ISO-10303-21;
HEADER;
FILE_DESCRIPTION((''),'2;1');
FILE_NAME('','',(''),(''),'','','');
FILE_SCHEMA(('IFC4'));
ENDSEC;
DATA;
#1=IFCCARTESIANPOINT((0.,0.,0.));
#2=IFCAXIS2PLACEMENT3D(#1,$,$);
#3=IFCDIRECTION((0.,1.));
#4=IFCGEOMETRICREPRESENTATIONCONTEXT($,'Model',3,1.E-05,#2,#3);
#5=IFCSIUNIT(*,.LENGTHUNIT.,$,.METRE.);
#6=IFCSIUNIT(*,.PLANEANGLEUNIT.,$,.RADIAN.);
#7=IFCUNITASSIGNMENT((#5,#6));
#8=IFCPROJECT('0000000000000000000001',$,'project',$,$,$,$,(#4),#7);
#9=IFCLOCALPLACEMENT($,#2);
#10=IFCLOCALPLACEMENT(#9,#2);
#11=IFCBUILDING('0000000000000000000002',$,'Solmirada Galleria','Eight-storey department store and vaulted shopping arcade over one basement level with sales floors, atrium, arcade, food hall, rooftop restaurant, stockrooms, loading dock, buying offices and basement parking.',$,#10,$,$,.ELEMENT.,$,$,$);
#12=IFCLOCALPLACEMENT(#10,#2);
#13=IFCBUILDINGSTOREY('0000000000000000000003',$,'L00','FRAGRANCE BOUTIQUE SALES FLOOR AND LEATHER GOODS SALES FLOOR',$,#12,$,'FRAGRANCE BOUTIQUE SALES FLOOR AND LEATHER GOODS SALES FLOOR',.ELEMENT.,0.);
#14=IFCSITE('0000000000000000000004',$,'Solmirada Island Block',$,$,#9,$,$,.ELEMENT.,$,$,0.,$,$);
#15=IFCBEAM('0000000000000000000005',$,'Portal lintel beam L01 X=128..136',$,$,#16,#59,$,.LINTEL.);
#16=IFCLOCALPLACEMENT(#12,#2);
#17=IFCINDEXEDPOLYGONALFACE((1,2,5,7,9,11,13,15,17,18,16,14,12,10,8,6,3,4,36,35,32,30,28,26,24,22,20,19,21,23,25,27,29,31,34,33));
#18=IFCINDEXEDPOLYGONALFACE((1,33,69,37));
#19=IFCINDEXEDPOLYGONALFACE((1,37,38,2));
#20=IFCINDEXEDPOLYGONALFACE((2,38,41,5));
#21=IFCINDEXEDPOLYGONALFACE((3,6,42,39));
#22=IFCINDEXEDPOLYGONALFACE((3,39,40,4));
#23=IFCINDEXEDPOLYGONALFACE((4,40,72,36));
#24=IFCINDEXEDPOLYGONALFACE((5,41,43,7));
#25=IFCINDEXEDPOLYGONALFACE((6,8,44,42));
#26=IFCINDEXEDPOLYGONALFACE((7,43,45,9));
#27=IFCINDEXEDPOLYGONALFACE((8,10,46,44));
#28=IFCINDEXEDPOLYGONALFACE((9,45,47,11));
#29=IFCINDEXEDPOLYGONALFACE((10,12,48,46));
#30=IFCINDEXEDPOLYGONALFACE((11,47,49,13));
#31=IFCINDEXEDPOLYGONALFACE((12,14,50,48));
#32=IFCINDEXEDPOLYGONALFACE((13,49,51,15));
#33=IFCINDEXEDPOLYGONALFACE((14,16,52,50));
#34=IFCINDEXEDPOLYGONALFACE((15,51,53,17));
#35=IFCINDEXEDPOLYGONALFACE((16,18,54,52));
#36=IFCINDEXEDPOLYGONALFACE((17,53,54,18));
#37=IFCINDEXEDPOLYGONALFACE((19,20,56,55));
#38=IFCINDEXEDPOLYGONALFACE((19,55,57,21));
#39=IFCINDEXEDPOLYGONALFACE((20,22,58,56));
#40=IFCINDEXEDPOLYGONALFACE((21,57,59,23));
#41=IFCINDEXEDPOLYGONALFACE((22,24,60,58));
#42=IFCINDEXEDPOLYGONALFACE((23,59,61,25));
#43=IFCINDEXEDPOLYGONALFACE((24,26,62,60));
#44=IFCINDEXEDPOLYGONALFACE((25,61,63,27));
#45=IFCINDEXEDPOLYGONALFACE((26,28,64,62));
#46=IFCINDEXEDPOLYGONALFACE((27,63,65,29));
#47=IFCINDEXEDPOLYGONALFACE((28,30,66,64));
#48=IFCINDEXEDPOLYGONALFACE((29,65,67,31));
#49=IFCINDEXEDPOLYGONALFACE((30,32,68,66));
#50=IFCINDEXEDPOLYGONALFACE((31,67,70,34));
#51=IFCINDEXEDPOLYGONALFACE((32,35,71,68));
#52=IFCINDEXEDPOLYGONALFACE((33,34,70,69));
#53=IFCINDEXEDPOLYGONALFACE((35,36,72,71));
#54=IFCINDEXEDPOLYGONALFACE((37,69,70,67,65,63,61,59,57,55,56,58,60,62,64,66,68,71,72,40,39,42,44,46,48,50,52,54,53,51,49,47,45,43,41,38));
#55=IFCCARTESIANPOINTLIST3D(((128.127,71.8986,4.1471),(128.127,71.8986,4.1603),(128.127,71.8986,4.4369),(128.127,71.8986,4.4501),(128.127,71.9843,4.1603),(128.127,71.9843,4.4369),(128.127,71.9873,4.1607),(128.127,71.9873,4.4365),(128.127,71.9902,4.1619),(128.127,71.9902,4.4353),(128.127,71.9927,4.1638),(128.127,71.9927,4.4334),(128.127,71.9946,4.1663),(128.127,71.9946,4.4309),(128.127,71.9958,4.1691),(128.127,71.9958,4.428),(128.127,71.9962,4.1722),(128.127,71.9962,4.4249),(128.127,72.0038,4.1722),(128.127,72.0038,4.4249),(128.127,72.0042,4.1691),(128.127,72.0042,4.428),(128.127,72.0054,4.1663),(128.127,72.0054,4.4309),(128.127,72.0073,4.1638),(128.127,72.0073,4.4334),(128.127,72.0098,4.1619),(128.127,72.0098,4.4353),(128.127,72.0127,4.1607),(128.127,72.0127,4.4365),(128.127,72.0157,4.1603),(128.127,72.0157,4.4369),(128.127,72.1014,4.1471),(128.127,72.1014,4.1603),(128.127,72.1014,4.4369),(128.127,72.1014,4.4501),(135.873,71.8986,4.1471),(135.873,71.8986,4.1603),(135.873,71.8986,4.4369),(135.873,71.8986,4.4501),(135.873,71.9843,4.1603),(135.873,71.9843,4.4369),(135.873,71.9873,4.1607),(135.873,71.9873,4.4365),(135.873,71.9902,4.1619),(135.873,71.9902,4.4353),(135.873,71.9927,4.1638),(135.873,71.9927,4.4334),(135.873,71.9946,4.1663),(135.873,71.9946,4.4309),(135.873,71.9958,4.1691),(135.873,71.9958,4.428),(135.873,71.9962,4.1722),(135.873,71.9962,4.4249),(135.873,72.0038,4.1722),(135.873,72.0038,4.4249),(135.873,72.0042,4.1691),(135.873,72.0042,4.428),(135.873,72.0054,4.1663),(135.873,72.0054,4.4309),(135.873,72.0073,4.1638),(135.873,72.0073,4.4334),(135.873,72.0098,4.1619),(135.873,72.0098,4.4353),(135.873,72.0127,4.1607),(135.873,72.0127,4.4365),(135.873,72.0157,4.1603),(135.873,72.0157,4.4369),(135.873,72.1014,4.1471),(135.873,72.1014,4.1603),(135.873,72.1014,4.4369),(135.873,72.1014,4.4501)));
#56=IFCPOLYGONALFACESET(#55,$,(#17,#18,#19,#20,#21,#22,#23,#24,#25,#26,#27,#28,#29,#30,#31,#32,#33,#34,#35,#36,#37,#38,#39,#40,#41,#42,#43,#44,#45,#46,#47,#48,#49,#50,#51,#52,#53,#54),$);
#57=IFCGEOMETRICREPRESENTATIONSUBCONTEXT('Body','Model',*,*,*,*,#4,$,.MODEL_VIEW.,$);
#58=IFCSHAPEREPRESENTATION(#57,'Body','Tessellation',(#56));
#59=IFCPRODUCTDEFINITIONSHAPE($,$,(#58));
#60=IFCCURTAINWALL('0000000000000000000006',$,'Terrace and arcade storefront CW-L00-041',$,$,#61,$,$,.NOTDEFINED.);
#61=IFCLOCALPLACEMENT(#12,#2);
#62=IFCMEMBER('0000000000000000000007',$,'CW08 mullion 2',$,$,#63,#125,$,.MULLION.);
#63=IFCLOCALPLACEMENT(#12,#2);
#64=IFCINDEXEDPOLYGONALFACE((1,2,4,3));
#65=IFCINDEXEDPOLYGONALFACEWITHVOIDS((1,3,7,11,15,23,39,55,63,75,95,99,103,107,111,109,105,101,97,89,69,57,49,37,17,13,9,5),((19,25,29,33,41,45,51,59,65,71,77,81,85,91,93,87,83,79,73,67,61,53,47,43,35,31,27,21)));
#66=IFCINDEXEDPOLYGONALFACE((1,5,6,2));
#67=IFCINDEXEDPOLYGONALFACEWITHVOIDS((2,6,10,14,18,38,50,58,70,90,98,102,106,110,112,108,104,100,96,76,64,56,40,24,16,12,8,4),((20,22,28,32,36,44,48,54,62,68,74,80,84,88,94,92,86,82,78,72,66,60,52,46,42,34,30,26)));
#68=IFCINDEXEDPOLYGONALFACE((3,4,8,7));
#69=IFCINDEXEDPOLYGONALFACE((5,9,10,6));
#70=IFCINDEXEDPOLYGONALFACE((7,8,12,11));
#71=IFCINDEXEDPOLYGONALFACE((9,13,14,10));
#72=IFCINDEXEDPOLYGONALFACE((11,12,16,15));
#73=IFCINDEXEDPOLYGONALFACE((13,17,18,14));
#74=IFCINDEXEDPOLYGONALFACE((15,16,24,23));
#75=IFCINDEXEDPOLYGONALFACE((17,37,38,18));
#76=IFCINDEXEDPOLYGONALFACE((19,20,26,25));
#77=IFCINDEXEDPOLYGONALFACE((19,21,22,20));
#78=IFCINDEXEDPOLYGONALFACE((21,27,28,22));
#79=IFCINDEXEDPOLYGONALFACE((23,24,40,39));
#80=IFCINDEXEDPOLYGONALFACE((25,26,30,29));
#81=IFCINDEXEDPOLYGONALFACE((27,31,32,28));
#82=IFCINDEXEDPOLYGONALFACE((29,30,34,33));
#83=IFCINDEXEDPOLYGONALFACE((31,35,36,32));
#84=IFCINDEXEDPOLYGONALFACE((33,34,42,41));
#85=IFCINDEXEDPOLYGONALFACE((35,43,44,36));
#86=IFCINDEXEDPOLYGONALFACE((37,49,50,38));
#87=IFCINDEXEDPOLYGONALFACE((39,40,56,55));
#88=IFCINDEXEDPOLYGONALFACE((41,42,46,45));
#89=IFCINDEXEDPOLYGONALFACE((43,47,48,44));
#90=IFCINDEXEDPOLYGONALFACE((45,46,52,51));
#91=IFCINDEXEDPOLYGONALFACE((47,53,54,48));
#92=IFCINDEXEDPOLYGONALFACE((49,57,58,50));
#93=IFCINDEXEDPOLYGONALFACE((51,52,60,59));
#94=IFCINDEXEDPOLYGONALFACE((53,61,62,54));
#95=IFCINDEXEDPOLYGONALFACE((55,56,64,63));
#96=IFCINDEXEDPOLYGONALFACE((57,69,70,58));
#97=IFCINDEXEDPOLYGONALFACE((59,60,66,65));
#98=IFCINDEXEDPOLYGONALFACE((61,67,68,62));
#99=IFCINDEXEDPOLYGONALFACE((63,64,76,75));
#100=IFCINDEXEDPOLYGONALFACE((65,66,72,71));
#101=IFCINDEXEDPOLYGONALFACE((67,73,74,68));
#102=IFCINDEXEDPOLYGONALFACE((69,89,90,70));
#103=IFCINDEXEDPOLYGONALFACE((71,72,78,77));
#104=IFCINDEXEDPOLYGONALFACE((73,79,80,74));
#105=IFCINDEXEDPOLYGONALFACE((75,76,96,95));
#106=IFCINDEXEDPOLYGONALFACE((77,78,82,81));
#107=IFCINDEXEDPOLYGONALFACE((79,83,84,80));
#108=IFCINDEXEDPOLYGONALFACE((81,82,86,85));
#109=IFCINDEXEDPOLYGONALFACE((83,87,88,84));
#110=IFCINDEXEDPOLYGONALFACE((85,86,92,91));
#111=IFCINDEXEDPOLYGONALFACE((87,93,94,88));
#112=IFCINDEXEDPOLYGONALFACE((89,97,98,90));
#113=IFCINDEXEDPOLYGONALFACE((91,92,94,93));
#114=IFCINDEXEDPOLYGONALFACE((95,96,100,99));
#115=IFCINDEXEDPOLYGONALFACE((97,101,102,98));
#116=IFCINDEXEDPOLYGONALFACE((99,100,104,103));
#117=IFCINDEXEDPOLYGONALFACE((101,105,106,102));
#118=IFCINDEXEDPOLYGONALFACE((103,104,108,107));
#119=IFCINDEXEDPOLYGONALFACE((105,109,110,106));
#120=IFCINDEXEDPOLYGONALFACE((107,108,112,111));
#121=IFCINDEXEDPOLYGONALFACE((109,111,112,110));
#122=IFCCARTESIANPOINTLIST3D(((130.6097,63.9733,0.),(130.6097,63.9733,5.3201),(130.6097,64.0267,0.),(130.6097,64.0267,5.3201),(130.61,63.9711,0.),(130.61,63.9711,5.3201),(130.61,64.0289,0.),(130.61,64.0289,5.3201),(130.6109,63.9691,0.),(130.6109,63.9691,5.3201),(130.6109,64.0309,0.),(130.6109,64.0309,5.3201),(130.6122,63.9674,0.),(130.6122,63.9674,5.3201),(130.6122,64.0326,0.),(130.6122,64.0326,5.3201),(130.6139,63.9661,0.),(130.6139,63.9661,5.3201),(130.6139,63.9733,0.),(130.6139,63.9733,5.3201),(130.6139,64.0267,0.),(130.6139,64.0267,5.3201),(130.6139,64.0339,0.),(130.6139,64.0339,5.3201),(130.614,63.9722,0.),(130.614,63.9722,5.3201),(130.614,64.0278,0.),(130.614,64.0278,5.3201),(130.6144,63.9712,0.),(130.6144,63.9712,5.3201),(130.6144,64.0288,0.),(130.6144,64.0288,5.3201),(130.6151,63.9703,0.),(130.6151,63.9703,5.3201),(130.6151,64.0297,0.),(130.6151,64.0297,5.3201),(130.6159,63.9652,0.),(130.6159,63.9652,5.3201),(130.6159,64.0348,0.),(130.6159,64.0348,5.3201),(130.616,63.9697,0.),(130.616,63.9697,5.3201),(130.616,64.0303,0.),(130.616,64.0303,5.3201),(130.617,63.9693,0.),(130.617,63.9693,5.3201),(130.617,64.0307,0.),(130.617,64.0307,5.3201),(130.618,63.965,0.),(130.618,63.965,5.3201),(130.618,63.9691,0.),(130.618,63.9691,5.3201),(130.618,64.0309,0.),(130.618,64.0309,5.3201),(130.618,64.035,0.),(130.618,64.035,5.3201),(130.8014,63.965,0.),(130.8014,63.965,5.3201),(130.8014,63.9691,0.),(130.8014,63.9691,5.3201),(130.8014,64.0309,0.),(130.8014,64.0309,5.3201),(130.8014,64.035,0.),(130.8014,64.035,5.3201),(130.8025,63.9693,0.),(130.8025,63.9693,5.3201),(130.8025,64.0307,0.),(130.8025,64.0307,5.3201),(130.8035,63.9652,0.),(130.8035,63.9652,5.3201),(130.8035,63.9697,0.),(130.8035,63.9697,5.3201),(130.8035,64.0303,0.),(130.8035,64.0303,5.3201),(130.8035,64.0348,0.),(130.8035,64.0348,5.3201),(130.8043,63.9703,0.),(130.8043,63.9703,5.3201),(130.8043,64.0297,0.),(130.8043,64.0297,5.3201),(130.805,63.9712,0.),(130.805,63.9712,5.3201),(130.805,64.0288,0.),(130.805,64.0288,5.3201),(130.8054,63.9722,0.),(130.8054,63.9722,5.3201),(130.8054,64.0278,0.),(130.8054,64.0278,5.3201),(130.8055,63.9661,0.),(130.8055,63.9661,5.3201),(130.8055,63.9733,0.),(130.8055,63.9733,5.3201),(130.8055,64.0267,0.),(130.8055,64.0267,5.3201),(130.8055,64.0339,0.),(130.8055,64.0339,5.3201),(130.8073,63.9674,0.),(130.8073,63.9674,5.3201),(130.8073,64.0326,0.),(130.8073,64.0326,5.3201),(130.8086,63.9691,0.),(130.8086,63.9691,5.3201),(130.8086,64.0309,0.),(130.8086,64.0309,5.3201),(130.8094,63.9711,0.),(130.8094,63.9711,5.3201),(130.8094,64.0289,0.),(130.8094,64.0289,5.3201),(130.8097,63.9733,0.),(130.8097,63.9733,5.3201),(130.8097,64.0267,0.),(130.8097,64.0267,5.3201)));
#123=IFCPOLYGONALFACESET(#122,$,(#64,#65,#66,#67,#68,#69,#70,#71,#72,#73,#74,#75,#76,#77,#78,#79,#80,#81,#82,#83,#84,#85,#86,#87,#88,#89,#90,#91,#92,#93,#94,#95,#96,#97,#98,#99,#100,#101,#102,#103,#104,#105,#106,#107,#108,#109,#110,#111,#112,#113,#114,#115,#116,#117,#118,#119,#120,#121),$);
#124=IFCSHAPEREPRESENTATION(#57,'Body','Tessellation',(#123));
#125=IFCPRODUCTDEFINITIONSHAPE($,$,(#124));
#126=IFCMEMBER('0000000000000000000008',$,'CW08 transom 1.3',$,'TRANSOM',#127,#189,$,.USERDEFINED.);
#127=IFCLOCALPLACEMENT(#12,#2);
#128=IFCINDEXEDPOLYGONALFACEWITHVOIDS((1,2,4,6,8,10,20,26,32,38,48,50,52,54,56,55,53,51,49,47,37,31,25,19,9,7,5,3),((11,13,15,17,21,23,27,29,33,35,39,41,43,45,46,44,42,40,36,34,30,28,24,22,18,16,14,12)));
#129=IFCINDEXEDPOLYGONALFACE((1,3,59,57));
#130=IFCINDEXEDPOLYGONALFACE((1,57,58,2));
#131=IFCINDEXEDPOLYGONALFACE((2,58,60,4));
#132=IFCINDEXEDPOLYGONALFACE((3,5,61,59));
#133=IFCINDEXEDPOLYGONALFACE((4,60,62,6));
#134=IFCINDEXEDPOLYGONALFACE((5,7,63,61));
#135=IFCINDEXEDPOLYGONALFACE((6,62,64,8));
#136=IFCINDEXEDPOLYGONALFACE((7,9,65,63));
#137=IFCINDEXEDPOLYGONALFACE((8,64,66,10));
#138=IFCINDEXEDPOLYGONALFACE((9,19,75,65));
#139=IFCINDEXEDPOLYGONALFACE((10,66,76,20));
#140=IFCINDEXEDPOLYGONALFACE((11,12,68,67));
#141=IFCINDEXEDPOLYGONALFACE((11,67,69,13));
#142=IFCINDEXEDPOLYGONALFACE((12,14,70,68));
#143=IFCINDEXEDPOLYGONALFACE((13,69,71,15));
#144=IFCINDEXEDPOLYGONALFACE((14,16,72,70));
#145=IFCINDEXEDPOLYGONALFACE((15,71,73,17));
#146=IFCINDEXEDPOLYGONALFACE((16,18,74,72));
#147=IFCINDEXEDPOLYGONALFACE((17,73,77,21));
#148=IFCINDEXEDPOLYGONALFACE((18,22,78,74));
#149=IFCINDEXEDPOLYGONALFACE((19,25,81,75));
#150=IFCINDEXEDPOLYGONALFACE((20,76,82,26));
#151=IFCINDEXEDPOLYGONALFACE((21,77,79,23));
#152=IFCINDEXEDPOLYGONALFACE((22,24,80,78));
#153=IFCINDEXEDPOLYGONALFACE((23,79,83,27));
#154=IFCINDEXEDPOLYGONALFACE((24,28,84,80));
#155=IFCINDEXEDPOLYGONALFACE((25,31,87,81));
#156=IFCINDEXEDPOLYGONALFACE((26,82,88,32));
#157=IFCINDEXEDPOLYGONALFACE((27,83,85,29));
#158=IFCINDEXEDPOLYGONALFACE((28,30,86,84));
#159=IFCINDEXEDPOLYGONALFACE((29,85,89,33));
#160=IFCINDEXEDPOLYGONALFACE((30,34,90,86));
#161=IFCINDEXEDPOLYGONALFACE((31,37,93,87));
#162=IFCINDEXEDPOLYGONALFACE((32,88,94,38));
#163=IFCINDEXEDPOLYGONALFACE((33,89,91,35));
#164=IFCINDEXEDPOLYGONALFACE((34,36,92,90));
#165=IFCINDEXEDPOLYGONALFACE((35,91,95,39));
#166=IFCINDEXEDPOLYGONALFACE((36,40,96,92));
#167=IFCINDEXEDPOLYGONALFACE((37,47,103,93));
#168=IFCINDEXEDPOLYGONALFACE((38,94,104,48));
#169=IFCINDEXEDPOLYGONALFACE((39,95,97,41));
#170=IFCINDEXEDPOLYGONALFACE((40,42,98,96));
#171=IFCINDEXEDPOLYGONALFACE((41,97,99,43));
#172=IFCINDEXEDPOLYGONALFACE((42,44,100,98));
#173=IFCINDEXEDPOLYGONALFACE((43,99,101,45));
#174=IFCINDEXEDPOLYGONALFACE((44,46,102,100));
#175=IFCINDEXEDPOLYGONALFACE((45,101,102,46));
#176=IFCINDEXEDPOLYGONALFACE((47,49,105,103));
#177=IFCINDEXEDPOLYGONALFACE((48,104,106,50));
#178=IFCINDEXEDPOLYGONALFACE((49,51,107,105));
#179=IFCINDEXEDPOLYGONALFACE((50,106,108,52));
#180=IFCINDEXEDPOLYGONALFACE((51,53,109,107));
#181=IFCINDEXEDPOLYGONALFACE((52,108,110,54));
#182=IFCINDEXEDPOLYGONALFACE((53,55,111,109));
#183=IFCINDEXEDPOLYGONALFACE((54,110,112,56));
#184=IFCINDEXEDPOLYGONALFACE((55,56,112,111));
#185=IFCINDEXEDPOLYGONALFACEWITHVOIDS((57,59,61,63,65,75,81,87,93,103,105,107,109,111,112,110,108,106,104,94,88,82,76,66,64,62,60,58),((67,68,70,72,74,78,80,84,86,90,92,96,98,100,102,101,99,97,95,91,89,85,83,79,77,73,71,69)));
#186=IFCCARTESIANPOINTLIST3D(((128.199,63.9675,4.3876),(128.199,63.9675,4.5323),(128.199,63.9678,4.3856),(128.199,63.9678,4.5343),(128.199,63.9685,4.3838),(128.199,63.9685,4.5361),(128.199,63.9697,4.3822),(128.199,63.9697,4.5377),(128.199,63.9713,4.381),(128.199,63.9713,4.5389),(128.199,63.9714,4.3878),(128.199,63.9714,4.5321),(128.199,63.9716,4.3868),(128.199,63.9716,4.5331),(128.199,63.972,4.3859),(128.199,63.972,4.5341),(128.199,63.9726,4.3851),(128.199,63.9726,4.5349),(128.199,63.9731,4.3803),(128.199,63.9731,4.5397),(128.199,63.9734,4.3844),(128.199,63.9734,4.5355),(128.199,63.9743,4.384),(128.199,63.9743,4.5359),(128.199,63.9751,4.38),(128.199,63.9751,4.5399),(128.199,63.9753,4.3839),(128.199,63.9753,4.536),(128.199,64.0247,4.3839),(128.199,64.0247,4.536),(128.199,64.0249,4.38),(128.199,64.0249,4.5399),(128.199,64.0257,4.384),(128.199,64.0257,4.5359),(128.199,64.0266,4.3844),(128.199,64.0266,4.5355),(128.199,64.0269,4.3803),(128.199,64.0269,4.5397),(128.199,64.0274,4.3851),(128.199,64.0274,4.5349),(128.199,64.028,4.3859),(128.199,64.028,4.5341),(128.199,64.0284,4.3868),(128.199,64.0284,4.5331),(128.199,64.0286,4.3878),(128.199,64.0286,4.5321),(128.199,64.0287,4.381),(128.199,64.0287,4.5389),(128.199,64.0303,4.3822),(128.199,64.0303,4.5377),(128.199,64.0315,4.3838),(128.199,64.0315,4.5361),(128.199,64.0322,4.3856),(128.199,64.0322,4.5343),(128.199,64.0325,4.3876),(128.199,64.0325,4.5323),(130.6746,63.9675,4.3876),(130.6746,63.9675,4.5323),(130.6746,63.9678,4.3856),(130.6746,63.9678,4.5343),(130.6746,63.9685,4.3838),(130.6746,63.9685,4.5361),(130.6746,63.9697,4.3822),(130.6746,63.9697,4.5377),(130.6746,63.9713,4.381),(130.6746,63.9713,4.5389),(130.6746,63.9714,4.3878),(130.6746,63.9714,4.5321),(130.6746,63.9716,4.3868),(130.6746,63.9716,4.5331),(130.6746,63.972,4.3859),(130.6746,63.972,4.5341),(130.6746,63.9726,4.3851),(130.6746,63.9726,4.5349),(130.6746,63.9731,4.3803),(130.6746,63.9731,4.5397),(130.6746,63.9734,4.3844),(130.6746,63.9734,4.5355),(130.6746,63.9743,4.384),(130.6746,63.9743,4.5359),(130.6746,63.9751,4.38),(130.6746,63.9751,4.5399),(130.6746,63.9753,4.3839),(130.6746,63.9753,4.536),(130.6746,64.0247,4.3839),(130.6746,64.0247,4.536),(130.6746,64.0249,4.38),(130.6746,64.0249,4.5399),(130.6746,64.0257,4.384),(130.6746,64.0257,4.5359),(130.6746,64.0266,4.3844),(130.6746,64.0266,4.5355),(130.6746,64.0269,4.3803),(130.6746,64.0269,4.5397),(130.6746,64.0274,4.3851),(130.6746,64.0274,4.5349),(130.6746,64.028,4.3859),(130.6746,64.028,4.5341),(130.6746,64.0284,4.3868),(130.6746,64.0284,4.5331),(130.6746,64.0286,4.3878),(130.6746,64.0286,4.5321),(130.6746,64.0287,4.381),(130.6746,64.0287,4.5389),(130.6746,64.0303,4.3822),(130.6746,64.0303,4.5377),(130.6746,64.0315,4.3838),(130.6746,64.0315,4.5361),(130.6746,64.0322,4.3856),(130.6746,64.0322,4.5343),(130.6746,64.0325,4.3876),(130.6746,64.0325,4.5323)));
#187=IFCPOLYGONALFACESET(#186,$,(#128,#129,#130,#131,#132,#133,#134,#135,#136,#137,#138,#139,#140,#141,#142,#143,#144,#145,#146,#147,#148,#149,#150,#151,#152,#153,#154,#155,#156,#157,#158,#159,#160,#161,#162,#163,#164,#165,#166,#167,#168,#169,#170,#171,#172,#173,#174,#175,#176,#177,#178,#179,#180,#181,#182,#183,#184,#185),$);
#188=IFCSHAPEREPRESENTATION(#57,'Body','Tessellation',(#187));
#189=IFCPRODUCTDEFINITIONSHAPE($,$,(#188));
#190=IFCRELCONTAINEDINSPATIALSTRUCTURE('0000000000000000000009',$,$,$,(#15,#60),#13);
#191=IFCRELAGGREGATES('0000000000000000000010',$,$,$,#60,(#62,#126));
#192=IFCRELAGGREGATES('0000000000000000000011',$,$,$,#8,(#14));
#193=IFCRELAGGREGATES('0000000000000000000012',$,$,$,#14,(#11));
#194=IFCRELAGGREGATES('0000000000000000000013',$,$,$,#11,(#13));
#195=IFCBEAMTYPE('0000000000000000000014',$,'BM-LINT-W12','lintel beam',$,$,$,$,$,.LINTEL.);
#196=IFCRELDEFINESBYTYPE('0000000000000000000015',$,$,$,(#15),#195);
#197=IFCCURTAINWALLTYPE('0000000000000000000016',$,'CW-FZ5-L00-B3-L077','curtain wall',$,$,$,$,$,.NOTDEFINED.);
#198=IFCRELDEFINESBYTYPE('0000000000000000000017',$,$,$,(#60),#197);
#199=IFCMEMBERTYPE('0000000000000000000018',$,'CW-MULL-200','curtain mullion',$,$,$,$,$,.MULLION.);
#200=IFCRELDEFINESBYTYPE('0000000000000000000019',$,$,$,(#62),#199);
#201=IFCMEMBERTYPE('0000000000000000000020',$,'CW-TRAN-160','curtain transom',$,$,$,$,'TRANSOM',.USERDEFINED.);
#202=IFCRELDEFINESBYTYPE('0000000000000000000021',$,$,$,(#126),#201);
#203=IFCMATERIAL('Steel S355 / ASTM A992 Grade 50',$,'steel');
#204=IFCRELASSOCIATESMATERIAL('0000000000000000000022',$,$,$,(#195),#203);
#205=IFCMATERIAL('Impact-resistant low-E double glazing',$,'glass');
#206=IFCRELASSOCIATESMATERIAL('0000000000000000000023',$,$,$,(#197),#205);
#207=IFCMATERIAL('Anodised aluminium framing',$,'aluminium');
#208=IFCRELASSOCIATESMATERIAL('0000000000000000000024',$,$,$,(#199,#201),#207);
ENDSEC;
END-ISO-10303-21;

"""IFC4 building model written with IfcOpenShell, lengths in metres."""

from ifc_helpers import new_model, si_unit, direction, frame, origin, origin_2d, place, context, subcontext, project, spatial, hollow_rectangle, i_section, extrude, material, material_profile, profile_set, type_object, element, aggregate, save


model = new_model("IFC4")

# Units and contexts
model_context = context("Model", 3, precision=1e-05, world=origin(), true_north=direction((0.0, 1.0)))
body_context = subcontext(model_context, "Body", "Model", "MODEL_VIEW")
ifc_project = project(units=[si_unit("LENGTHUNIT", "METRE"), si_unit("PLANEANGLEUNIT", "RADIAN")], contexts=[model_context])

# Site, building, storey
site_placement = place(None, origin())
site = spatial("IfcSite", under=ifc_project, at=site_placement, Name="Solmirada Island Block", CompositionType="ELEMENT", RefElevation=0.0)
building_placement = place(site_placement, origin())
building = spatial("IfcBuilding", under=site, at=building_placement, Name="Solmirada Galleria", Description="Eight-storey department store and vaulted shopping arcade over one basement level with sales floors, atrium, arcade, food hall, rooftop restaurant, stockrooms, loading dock, buying offices and basement parking.", CompositionType="ELEMENT")
storey_placement = place(building_placement, origin())
storey = spatial("IfcBuildingStorey", under=building, at=storey_placement, Name="L00", Description="FRAGRANCE BOUTIQUE SALES FLOOR AND LEATHER GOODS SALES FLOOR", LongName="FRAGRANCE BOUTIQUE SALES FLOOR AND LEATHER GOODS SALES FLOOR", CompositionType="ELEMENT", Elevation=0.0)

# Beam
ifc_material_1 = material(Name="Steel S355 / ASTM A992 Grade 50", Category="steel")
ifc_material_profile_1 = material_profile(ifc_material_1, i_section(OverallWidth=0.2029, OverallDepth=0.303, WebThickness=0.0076, FlangeThickness=0.0132, FilletRadius=0.012, at=origin_2d()), Name="W12X40")
ifc_profile_set_1 = profile_set([ifc_material_profile_1], Name="Steel S355 / ASTM A992 Grade 50")
beam_type_1 = type_object("IfcBeamType", Name="BM-LINT-W12", Description="lintel beam", PredefinedType="LINTEL", material=ifc_profile_set_1)
beam_1_placement = place(storey_placement, frame((128.127, 72.0, 4.2986), z_axis=(1.0, 0.0, 0.0), x_axis=(0.0, 1.0, 0.0)))
element("IfcBeam", 1, at=beam_1_placement, inside=storey, type_object=beam_type_1, Name="Portal lintel beam L01 X=128..136", PredefinedType="LINTEL", context=body_context, shape_type="SweptSolid", body=[
    extrude(i_section(OverallWidth=0.2029, OverallDepth=0.303, WebThickness=0.0076, FlangeThickness=0.0132, FilletRadius=0.012, at=origin_2d()), origin(), (0.0, 0.0, 1.0), 7.7461),
])

# Curtain wall, members
ifc_material_2 = material(Name="Impact-resistant low-E double glazing", Category="glass")
curtain_wall_type = type_object("IfcCurtainWallType", Name="CW-FZ5-L00-B3-L077", Description="curtain wall", PredefinedType="NOTDEFINED", material=ifc_material_2)
curtain_wall_placement = place(storey_placement, origin())
curtain_wall = element("IfcCurtainWall", 2, at=curtain_wall_placement, inside=storey, type_object=curtain_wall_type, Name="Terrace and arcade storefront CW-L00-041", PredefinedType="NOTDEFINED")
ifc_material_3 = material(Name="Anodised aluminium framing", Category="aluminium")
ifc_material_profile_2 = material_profile(ifc_material_3, hollow_rectangle(XDim=0.0701, YDim=0.2, WallThickness=0.0042, InnerFilletRadius=0.0042, OuterFilletRadius=0.0083, at=origin_2d()), Name="ALU-MULL-200X70")
ifc_profile_set_2 = profile_set([ifc_material_profile_2], Name="Anodised aluminium framing")
member_type_1 = type_object("IfcMemberType", Name="CW-MULL-200", Description="curtain mullion", PredefinedType="MULLION", material=ifc_profile_set_2)
member_1_placement = place(storey_placement, frame((130.7097, 64.0, 0.0), z_axis=(0.0, 0.0, 1.0), x_axis=(0.0, 1.0, 0.0)))
member_1 = element("IfcMember", 3, at=member_1_placement, type_object=member_type_1, Name="CW08 mullion 2", PredefinedType="MULLION", context=body_context, shape_type="SweptSolid", body=[
    extrude(hollow_rectangle(XDim=0.0701, YDim=0.2, WallThickness=0.0042, InnerFilletRadius=0.0042, OuterFilletRadius=0.0083, at=origin_2d()), origin(), (0.0, 0.0, 1.0), 5.3201),
])
ifc_material_profile_3 = material_profile(ifc_material_3, hollow_rectangle(XDim=0.0649, YDim=0.1599, WallThickness=0.0039, InnerFilletRadius=0.0039, OuterFilletRadius=0.0076, at=origin_2d()), Name="ALU-TRAN-160X65")
ifc_profile_set_3 = profile_set([ifc_material_profile_3], Name="Anodised aluminium framing")
member_type_2 = type_object("IfcMemberType", Name="CW-TRAN-160", Description="curtain transom", ElementType="TRANSOM", PredefinedType="USERDEFINED", material=ifc_profile_set_3)
member_2_placement = place(storey_placement, frame((128.199, 64.0, 4.46), z_axis=(1.0, 0.0, 0.0), x_axis=(0.0, 1.0, 0.0)))
member_2 = element("IfcMember", 4, at=member_2_placement, type_object=member_type_2, Name="CW08 transom 1.3", ObjectType="TRANSOM", PredefinedType="USERDEFINED", context=body_context, shape_type="SweptSolid", body=[
    extrude(hollow_rectangle(XDim=0.0649, YDim=0.1599, WallThickness=0.0039, InnerFilletRadius=0.0039, OuterFilletRadius=0.0076, at=origin_2d()), origin(), (0.0, 0.0, 1.0), 2.4756),
])
aggregate(curtain_wall, [member_1, member_2])

save(model, "model.ifc")
